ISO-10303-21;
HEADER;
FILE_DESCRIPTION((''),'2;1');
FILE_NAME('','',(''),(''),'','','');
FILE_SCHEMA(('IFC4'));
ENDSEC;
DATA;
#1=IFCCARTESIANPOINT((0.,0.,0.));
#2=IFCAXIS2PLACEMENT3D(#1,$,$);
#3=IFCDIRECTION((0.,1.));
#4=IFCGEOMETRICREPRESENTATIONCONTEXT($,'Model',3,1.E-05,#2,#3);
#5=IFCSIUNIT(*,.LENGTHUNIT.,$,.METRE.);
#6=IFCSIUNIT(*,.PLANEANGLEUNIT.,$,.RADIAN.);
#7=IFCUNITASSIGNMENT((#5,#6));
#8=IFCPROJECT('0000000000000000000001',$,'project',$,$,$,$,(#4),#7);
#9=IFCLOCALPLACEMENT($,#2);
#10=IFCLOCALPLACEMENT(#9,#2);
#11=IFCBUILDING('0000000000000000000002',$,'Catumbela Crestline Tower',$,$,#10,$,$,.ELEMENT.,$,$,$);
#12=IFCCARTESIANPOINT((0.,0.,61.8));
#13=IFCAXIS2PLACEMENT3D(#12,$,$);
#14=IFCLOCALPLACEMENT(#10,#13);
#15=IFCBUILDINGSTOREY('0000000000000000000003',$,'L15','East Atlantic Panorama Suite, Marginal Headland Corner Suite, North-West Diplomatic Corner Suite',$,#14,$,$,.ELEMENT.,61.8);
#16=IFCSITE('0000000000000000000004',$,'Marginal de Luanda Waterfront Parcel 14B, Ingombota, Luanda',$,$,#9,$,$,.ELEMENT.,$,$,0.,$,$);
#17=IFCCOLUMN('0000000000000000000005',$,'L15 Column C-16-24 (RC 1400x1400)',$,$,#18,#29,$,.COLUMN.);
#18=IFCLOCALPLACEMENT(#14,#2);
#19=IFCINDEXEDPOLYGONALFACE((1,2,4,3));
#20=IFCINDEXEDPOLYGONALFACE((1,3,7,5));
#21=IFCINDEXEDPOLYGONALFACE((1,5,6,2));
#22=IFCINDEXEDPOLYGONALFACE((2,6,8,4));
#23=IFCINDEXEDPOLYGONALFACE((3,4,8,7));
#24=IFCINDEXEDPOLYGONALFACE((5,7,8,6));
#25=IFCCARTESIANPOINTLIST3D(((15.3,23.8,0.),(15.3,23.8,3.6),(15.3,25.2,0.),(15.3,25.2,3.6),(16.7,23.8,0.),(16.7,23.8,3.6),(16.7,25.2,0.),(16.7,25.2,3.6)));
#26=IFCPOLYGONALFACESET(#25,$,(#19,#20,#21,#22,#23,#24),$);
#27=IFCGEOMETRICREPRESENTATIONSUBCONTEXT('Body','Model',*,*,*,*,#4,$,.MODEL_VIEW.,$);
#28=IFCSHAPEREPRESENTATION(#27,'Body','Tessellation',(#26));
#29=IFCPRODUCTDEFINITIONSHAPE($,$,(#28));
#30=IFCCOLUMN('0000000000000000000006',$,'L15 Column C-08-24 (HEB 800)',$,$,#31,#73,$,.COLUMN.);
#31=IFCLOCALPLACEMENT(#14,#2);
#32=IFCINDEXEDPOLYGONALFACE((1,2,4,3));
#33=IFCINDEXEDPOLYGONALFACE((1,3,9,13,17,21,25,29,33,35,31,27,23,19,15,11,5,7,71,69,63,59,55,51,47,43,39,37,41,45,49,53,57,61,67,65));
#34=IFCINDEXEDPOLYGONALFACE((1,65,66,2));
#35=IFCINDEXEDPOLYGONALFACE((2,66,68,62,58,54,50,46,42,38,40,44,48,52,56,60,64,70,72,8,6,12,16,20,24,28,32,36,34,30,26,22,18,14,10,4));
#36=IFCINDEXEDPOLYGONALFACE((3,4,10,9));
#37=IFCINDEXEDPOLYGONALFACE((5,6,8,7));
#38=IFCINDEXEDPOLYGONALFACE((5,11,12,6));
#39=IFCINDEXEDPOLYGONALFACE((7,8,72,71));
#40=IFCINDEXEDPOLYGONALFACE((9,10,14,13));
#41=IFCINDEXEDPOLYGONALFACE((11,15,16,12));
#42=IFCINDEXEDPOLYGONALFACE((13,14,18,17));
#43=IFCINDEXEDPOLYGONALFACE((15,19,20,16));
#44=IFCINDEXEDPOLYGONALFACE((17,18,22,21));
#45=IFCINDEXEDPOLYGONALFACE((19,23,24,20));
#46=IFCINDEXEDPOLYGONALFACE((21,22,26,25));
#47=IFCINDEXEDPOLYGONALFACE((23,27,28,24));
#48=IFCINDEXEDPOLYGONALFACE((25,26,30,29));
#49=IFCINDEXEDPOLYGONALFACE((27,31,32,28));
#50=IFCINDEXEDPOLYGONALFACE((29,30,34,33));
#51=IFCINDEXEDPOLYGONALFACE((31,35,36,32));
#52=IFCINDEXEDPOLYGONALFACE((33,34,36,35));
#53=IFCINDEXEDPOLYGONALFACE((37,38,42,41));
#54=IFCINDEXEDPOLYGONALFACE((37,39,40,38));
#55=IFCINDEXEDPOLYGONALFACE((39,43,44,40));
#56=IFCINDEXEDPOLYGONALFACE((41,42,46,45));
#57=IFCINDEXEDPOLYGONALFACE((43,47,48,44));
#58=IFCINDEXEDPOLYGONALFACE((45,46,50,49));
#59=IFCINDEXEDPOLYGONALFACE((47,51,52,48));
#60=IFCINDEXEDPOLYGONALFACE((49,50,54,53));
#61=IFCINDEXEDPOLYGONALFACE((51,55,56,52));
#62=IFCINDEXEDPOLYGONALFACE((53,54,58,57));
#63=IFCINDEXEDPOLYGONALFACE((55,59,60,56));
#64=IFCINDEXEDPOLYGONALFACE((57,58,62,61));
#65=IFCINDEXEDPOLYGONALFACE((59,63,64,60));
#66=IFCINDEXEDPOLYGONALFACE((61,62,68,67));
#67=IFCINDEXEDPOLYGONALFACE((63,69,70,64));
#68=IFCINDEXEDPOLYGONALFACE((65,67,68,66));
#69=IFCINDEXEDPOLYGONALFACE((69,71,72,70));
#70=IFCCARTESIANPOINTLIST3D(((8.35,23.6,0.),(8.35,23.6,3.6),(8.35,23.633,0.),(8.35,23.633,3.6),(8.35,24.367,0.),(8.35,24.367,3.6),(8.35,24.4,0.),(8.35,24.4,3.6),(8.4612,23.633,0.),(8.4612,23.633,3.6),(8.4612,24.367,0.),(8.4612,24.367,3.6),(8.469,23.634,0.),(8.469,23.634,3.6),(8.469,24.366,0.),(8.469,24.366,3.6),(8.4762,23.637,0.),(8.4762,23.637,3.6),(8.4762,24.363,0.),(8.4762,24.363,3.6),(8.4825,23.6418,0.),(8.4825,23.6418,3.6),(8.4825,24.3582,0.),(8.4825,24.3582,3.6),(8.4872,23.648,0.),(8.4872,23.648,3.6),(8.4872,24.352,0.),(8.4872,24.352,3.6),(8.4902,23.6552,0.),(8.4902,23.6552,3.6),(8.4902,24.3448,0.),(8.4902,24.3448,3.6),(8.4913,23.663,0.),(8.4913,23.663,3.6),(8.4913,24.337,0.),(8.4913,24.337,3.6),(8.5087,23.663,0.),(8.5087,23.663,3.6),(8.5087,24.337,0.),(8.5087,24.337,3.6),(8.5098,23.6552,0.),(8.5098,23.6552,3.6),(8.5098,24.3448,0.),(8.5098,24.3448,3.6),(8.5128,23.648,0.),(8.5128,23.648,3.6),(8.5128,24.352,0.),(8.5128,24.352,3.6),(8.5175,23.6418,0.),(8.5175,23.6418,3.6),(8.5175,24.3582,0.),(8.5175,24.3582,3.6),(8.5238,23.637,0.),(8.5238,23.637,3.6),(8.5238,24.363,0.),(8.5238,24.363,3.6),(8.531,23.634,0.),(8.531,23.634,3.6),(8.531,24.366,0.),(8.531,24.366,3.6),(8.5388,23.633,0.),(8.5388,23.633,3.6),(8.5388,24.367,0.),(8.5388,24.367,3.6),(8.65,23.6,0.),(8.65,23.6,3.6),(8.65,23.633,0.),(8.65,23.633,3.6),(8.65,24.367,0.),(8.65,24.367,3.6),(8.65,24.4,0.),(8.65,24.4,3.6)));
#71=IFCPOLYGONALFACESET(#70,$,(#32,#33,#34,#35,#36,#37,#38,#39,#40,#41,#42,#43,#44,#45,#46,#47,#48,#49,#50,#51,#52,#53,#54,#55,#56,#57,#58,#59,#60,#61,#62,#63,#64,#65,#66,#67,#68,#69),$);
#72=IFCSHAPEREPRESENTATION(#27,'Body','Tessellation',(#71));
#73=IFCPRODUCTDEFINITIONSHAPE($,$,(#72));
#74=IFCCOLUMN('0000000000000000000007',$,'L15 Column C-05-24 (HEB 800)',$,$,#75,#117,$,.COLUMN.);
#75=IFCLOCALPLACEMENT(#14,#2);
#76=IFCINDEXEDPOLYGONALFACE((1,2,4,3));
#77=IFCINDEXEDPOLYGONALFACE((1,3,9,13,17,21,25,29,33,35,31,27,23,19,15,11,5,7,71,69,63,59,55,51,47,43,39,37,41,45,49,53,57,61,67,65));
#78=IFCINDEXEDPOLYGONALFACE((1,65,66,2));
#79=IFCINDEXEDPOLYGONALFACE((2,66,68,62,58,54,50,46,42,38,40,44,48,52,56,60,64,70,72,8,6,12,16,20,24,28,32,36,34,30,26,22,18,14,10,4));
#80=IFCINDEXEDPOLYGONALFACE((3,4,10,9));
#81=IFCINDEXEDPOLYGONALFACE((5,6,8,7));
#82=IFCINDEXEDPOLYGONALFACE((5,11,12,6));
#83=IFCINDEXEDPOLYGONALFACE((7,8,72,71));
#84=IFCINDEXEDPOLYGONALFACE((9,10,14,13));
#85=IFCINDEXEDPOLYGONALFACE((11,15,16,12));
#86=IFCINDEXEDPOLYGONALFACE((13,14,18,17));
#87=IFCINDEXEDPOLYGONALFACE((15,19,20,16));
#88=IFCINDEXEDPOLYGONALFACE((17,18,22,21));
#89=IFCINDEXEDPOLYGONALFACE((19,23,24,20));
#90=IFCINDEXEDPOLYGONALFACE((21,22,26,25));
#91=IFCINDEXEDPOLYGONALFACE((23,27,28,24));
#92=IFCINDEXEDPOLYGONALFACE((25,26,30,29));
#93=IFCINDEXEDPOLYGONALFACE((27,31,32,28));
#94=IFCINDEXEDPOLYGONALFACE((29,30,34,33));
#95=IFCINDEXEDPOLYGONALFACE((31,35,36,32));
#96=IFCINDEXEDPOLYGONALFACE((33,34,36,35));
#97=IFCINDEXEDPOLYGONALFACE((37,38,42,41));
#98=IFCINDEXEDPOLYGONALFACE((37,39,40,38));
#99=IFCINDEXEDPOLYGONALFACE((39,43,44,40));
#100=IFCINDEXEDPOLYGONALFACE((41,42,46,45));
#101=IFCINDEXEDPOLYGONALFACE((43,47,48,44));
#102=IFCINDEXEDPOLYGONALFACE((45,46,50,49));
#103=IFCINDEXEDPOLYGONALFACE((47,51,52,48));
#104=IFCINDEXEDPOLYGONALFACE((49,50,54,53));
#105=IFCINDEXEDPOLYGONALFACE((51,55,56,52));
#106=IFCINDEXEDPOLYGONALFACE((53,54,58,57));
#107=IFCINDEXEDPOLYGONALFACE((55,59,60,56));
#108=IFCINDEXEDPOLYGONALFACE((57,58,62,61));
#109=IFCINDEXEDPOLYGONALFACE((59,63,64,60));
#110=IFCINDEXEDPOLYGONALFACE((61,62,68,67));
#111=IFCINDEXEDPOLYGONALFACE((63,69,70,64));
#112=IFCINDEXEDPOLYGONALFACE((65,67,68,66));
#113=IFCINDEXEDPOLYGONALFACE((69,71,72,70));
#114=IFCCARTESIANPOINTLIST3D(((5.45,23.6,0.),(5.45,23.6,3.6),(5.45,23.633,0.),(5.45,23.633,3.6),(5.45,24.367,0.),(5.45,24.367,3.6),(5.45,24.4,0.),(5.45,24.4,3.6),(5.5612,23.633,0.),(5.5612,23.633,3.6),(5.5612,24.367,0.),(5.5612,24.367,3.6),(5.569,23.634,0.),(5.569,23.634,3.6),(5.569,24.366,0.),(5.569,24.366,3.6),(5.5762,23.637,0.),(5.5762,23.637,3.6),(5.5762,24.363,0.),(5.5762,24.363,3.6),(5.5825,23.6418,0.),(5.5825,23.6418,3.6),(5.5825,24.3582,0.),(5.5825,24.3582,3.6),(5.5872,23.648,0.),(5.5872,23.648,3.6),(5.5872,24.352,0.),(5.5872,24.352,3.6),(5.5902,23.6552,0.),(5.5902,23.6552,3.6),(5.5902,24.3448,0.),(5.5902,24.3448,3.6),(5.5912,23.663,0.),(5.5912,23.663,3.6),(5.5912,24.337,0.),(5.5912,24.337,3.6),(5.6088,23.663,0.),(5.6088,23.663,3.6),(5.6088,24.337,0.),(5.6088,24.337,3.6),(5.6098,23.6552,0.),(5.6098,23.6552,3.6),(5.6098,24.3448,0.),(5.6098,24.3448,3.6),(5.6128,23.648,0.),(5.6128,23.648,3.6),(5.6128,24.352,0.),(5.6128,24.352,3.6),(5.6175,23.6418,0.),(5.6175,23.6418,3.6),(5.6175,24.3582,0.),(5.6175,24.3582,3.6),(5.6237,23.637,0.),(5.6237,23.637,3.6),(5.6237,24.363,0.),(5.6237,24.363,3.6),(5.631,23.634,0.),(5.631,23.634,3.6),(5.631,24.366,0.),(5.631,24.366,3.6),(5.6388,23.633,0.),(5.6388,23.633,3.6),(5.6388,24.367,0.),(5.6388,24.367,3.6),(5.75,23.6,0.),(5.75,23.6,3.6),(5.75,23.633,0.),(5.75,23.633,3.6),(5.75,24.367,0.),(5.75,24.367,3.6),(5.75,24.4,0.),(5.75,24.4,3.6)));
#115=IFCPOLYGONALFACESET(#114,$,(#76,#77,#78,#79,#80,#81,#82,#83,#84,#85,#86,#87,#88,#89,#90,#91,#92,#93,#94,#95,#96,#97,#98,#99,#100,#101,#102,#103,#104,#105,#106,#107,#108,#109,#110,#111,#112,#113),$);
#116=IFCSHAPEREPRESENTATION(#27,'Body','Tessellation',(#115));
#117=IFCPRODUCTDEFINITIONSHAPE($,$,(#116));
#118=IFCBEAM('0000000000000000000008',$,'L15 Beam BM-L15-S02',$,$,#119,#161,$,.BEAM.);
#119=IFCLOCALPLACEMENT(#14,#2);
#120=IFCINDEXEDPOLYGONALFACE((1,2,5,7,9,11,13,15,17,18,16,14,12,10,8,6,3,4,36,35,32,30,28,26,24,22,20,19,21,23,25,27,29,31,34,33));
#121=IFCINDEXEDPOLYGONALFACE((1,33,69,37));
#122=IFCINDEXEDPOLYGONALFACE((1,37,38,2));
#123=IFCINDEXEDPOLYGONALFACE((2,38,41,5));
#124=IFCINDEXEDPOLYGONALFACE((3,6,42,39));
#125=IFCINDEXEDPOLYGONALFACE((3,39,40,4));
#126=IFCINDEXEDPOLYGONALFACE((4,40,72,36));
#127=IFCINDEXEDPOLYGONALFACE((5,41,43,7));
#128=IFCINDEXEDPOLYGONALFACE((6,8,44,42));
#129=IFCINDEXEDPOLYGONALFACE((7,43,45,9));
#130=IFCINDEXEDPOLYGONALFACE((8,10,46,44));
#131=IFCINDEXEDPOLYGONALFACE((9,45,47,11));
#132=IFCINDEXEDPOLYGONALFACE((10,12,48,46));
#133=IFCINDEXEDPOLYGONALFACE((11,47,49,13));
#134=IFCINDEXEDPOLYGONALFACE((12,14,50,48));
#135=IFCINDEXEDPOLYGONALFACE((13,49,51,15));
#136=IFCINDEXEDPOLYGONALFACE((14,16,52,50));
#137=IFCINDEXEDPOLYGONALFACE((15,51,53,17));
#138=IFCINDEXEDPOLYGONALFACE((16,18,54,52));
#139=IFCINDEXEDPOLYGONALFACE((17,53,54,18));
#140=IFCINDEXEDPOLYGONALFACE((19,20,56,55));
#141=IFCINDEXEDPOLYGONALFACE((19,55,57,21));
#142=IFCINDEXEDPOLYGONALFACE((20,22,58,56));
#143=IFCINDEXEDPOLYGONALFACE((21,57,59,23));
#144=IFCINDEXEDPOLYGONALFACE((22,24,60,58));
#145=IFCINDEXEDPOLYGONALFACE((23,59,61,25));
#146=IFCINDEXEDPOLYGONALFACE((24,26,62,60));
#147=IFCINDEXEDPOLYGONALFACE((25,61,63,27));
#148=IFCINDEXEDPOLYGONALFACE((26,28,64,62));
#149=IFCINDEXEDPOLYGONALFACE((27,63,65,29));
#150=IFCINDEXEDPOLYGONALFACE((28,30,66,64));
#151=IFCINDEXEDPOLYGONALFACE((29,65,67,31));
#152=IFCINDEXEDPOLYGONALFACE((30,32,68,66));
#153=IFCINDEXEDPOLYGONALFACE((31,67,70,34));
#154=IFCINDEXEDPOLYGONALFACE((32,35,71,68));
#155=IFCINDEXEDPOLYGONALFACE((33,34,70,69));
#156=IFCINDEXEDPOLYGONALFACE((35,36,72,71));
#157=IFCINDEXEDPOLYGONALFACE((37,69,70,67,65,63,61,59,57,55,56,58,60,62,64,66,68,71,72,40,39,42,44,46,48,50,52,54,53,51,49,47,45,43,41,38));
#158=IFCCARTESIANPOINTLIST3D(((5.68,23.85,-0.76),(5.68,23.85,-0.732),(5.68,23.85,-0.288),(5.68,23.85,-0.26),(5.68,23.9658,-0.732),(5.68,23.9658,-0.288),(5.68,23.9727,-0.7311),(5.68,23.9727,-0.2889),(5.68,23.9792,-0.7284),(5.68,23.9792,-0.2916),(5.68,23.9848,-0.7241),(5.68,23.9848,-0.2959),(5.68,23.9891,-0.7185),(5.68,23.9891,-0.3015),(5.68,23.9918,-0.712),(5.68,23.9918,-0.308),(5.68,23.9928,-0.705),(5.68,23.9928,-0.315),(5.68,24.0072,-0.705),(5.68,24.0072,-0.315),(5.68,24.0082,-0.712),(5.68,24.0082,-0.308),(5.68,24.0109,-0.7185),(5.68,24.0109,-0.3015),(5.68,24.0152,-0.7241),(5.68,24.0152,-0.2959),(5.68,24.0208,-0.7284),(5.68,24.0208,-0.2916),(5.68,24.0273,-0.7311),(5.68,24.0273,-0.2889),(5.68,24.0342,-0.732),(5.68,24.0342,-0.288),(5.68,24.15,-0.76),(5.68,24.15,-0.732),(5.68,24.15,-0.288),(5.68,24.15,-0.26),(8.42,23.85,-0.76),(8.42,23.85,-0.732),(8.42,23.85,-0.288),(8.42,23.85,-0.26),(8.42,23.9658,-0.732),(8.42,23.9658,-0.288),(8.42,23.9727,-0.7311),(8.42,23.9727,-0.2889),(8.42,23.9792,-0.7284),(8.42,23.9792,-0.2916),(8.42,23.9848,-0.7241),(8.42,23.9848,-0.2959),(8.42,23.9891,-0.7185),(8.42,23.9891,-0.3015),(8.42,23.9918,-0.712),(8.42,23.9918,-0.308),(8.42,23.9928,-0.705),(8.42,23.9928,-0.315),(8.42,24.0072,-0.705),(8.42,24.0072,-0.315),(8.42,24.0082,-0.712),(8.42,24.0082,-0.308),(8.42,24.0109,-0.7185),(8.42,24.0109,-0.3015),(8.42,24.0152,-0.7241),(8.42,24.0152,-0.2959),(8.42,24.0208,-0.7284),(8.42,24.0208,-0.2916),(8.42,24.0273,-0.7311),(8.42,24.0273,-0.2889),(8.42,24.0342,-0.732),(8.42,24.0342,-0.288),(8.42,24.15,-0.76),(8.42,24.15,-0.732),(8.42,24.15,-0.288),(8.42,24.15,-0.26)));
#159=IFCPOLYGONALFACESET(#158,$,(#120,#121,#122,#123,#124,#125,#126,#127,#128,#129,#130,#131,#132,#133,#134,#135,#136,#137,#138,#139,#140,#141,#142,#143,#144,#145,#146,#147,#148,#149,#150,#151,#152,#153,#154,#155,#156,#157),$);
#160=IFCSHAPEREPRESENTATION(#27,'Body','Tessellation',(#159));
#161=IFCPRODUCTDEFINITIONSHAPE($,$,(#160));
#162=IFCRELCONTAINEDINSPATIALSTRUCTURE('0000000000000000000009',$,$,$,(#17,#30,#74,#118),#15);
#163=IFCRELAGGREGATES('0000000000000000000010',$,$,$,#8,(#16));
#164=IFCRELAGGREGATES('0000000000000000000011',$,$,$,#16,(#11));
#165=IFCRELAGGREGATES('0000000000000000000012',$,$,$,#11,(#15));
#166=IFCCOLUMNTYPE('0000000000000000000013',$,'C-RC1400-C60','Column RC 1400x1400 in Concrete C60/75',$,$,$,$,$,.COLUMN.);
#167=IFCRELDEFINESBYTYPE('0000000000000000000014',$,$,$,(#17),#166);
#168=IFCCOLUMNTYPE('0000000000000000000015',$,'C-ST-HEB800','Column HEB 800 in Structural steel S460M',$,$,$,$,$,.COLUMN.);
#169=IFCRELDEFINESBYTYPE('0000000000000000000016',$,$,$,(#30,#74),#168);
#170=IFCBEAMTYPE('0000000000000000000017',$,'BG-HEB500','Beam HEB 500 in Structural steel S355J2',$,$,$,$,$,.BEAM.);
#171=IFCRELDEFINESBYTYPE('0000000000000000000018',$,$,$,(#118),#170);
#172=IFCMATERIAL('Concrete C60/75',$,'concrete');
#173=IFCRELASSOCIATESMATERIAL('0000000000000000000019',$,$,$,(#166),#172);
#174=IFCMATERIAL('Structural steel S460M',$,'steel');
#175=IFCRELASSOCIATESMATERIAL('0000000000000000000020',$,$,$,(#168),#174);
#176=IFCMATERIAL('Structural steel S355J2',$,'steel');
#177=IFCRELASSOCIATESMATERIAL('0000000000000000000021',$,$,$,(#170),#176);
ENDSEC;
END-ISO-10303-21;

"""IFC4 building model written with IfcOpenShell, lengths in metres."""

from ifc_helpers import new_model, si_unit, direction, frame, origin, origin_2d, place, context, subcontext, project, spatial, rectangle, i_section, extrude, material, material_profile, profile_set, type_object, element, save


model = new_model("IFC4")

# Units and contexts
model_context = context("Model", 3, precision=1e-05, world=origin(), true_north=direction((0.0, 1.0)))
body_context = subcontext(model_context, "Body", "Model", "MODEL_VIEW")
ifc_project = project(units=[si_unit("LENGTHUNIT", "METRE"), si_unit("PLANEANGLEUNIT", "RADIAN")], contexts=[model_context])

# Site, building, storey
site_placement = place(None, origin())
site = spatial("IfcSite", under=ifc_project, at=site_placement, Name="Marginal de Luanda Waterfront Parcel 14B, Ingombota, Luanda", CompositionType="ELEMENT", RefElevation=0.0)
building_placement = place(site_placement, origin())
building = spatial("IfcBuilding", under=site, at=building_placement, Name="Catumbela Crestline Tower", CompositionType="ELEMENT")
storey_placement = place(building_placement, frame((0.0, 0.0, 61.8)))
storey = spatial("IfcBuildingStorey", under=building, at=storey_placement, Name="L15", Description="East Atlantic Panorama Suite, Marginal Headland Corner Suite, North-West Diplomatic Corner Suite", CompositionType="ELEMENT", Elevation=61.8)

# Columns
ifc_material_1 = material(Name="Concrete C60/75", Category="concrete")
ifc_material_profile_1 = material_profile(ifc_material_1, rectangle(XDim=1.4, YDim=1.4, at=origin_2d()), Name="RC 1400x1400")
ifc_profile_set_1 = profile_set([ifc_material_profile_1], Name="Concrete C60/75")
column_type_1 = type_object("IfcColumnType", Name="C-RC1400-C60", Description="Column RC 1400x1400 in Concrete C60/75", PredefinedType="COLUMN", material=ifc_profile_set_1)
column_placement = place(storey_placement, frame((16.0, 24.5, 0.0), z_axis=(0.0, 0.0, 1.0), x_axis=(1.0, 0.0, 0.0)))
element("IfcColumn", 1, at=column_placement, inside=storey, type_object=column_type_1, Name="L15 Column C-16-24 (RC 1400x1400)", PredefinedType="COLUMN", context=body_context, shape_type="SweptSolid", body=[
    extrude(rectangle(XDim=1.4, YDim=1.4, at=origin_2d()), origin(), (0.0, 0.0, 1.0), 3.6),
])
ifc_material_2 = material(Name="Structural steel S460M", Category="steel")
ifc_material_profile_2 = material_profile(ifc_material_2, i_section(OverallWidth=0.3, OverallDepth=0.8, WebThickness=0.0175, FlangeThickness=0.033, FilletRadius=0.03, at=origin_2d()), Name="HEB 800")
ifc_profile_set_2 = profile_set([ifc_material_profile_2], Name="Structural steel S460M")
column_type_2 = type_object("IfcColumnType", Name="C-ST-HEB800", Description="Column HEB 800 in Structural steel S460M", PredefinedType="COLUMN", material=ifc_profile_set_2)
for number, where, z_axis, x_axis, name in (
    (2, (8.5, 24.0, 0.0), (0.0, 0.0, 1.0), (1.0, 0.0, 0.0), "L15 Column C-08-24 (HEB 800)"),
    (3, (5.6, 24.0, 0.0), (0.0, 0.0, 1.0), (1.0, 0.0, 0.0), "L15 Column C-05-24 (HEB 800)"),
):
    element("IfcColumn", number, at=place(storey_placement, frame(where, z_axis=z_axis, x_axis=x_axis)), inside=storey, type_object=column_type_2, Name=name, PredefinedType="COLUMN", context=body_context, shape_type="SweptSolid", body=[
        extrude(i_section(OverallWidth=0.3, OverallDepth=0.8, WebThickness=0.0175, FlangeThickness=0.033, FilletRadius=0.03, at=origin_2d()), origin(), (0.0, 0.0, 1.0), 3.6),
    ])

# Beam
ifc_material_3 = material(Name="Structural steel S355J2", Category="steel")
ifc_material_profile_3 = material_profile(ifc_material_3, i_section(OverallWidth=0.3, OverallDepth=0.5, WebThickness=0.0145, FlangeThickness=0.028, FilletRadius=0.027, at=origin_2d()), Name="HEB 500")
ifc_profile_set_3 = profile_set([ifc_material_profile_3], Name="Structural steel S355J2")
beam_type_1 = type_object("IfcBeamType", Name="BG-HEB500", Description="Beam HEB 500 in Structural steel S355J2", PredefinedType="BEAM", material=ifc_profile_set_3)
beam_1_placement = place(storey_placement, frame((5.68, 24.0, -0.51), z_axis=(1.0, 0.0, 0.0), x_axis=(0.0, 1.0, 0.0)))
element("IfcBeam", 4, at=beam_1_placement, inside=storey, type_object=beam_type_1, Name="L15 Beam BM-L15-S02", PredefinedType="BEAM", context=body_context, shape_type="SweptSolid", body=[
    extrude(i_section(OverallWidth=0.3, OverallDepth=0.5, WebThickness=0.0145, FlangeThickness=0.028, FilletRadius=0.027, at=origin_2d()), origin(), (0.0, 0.0, 1.0), 2.74),
])

save(model, "model.ifc")
